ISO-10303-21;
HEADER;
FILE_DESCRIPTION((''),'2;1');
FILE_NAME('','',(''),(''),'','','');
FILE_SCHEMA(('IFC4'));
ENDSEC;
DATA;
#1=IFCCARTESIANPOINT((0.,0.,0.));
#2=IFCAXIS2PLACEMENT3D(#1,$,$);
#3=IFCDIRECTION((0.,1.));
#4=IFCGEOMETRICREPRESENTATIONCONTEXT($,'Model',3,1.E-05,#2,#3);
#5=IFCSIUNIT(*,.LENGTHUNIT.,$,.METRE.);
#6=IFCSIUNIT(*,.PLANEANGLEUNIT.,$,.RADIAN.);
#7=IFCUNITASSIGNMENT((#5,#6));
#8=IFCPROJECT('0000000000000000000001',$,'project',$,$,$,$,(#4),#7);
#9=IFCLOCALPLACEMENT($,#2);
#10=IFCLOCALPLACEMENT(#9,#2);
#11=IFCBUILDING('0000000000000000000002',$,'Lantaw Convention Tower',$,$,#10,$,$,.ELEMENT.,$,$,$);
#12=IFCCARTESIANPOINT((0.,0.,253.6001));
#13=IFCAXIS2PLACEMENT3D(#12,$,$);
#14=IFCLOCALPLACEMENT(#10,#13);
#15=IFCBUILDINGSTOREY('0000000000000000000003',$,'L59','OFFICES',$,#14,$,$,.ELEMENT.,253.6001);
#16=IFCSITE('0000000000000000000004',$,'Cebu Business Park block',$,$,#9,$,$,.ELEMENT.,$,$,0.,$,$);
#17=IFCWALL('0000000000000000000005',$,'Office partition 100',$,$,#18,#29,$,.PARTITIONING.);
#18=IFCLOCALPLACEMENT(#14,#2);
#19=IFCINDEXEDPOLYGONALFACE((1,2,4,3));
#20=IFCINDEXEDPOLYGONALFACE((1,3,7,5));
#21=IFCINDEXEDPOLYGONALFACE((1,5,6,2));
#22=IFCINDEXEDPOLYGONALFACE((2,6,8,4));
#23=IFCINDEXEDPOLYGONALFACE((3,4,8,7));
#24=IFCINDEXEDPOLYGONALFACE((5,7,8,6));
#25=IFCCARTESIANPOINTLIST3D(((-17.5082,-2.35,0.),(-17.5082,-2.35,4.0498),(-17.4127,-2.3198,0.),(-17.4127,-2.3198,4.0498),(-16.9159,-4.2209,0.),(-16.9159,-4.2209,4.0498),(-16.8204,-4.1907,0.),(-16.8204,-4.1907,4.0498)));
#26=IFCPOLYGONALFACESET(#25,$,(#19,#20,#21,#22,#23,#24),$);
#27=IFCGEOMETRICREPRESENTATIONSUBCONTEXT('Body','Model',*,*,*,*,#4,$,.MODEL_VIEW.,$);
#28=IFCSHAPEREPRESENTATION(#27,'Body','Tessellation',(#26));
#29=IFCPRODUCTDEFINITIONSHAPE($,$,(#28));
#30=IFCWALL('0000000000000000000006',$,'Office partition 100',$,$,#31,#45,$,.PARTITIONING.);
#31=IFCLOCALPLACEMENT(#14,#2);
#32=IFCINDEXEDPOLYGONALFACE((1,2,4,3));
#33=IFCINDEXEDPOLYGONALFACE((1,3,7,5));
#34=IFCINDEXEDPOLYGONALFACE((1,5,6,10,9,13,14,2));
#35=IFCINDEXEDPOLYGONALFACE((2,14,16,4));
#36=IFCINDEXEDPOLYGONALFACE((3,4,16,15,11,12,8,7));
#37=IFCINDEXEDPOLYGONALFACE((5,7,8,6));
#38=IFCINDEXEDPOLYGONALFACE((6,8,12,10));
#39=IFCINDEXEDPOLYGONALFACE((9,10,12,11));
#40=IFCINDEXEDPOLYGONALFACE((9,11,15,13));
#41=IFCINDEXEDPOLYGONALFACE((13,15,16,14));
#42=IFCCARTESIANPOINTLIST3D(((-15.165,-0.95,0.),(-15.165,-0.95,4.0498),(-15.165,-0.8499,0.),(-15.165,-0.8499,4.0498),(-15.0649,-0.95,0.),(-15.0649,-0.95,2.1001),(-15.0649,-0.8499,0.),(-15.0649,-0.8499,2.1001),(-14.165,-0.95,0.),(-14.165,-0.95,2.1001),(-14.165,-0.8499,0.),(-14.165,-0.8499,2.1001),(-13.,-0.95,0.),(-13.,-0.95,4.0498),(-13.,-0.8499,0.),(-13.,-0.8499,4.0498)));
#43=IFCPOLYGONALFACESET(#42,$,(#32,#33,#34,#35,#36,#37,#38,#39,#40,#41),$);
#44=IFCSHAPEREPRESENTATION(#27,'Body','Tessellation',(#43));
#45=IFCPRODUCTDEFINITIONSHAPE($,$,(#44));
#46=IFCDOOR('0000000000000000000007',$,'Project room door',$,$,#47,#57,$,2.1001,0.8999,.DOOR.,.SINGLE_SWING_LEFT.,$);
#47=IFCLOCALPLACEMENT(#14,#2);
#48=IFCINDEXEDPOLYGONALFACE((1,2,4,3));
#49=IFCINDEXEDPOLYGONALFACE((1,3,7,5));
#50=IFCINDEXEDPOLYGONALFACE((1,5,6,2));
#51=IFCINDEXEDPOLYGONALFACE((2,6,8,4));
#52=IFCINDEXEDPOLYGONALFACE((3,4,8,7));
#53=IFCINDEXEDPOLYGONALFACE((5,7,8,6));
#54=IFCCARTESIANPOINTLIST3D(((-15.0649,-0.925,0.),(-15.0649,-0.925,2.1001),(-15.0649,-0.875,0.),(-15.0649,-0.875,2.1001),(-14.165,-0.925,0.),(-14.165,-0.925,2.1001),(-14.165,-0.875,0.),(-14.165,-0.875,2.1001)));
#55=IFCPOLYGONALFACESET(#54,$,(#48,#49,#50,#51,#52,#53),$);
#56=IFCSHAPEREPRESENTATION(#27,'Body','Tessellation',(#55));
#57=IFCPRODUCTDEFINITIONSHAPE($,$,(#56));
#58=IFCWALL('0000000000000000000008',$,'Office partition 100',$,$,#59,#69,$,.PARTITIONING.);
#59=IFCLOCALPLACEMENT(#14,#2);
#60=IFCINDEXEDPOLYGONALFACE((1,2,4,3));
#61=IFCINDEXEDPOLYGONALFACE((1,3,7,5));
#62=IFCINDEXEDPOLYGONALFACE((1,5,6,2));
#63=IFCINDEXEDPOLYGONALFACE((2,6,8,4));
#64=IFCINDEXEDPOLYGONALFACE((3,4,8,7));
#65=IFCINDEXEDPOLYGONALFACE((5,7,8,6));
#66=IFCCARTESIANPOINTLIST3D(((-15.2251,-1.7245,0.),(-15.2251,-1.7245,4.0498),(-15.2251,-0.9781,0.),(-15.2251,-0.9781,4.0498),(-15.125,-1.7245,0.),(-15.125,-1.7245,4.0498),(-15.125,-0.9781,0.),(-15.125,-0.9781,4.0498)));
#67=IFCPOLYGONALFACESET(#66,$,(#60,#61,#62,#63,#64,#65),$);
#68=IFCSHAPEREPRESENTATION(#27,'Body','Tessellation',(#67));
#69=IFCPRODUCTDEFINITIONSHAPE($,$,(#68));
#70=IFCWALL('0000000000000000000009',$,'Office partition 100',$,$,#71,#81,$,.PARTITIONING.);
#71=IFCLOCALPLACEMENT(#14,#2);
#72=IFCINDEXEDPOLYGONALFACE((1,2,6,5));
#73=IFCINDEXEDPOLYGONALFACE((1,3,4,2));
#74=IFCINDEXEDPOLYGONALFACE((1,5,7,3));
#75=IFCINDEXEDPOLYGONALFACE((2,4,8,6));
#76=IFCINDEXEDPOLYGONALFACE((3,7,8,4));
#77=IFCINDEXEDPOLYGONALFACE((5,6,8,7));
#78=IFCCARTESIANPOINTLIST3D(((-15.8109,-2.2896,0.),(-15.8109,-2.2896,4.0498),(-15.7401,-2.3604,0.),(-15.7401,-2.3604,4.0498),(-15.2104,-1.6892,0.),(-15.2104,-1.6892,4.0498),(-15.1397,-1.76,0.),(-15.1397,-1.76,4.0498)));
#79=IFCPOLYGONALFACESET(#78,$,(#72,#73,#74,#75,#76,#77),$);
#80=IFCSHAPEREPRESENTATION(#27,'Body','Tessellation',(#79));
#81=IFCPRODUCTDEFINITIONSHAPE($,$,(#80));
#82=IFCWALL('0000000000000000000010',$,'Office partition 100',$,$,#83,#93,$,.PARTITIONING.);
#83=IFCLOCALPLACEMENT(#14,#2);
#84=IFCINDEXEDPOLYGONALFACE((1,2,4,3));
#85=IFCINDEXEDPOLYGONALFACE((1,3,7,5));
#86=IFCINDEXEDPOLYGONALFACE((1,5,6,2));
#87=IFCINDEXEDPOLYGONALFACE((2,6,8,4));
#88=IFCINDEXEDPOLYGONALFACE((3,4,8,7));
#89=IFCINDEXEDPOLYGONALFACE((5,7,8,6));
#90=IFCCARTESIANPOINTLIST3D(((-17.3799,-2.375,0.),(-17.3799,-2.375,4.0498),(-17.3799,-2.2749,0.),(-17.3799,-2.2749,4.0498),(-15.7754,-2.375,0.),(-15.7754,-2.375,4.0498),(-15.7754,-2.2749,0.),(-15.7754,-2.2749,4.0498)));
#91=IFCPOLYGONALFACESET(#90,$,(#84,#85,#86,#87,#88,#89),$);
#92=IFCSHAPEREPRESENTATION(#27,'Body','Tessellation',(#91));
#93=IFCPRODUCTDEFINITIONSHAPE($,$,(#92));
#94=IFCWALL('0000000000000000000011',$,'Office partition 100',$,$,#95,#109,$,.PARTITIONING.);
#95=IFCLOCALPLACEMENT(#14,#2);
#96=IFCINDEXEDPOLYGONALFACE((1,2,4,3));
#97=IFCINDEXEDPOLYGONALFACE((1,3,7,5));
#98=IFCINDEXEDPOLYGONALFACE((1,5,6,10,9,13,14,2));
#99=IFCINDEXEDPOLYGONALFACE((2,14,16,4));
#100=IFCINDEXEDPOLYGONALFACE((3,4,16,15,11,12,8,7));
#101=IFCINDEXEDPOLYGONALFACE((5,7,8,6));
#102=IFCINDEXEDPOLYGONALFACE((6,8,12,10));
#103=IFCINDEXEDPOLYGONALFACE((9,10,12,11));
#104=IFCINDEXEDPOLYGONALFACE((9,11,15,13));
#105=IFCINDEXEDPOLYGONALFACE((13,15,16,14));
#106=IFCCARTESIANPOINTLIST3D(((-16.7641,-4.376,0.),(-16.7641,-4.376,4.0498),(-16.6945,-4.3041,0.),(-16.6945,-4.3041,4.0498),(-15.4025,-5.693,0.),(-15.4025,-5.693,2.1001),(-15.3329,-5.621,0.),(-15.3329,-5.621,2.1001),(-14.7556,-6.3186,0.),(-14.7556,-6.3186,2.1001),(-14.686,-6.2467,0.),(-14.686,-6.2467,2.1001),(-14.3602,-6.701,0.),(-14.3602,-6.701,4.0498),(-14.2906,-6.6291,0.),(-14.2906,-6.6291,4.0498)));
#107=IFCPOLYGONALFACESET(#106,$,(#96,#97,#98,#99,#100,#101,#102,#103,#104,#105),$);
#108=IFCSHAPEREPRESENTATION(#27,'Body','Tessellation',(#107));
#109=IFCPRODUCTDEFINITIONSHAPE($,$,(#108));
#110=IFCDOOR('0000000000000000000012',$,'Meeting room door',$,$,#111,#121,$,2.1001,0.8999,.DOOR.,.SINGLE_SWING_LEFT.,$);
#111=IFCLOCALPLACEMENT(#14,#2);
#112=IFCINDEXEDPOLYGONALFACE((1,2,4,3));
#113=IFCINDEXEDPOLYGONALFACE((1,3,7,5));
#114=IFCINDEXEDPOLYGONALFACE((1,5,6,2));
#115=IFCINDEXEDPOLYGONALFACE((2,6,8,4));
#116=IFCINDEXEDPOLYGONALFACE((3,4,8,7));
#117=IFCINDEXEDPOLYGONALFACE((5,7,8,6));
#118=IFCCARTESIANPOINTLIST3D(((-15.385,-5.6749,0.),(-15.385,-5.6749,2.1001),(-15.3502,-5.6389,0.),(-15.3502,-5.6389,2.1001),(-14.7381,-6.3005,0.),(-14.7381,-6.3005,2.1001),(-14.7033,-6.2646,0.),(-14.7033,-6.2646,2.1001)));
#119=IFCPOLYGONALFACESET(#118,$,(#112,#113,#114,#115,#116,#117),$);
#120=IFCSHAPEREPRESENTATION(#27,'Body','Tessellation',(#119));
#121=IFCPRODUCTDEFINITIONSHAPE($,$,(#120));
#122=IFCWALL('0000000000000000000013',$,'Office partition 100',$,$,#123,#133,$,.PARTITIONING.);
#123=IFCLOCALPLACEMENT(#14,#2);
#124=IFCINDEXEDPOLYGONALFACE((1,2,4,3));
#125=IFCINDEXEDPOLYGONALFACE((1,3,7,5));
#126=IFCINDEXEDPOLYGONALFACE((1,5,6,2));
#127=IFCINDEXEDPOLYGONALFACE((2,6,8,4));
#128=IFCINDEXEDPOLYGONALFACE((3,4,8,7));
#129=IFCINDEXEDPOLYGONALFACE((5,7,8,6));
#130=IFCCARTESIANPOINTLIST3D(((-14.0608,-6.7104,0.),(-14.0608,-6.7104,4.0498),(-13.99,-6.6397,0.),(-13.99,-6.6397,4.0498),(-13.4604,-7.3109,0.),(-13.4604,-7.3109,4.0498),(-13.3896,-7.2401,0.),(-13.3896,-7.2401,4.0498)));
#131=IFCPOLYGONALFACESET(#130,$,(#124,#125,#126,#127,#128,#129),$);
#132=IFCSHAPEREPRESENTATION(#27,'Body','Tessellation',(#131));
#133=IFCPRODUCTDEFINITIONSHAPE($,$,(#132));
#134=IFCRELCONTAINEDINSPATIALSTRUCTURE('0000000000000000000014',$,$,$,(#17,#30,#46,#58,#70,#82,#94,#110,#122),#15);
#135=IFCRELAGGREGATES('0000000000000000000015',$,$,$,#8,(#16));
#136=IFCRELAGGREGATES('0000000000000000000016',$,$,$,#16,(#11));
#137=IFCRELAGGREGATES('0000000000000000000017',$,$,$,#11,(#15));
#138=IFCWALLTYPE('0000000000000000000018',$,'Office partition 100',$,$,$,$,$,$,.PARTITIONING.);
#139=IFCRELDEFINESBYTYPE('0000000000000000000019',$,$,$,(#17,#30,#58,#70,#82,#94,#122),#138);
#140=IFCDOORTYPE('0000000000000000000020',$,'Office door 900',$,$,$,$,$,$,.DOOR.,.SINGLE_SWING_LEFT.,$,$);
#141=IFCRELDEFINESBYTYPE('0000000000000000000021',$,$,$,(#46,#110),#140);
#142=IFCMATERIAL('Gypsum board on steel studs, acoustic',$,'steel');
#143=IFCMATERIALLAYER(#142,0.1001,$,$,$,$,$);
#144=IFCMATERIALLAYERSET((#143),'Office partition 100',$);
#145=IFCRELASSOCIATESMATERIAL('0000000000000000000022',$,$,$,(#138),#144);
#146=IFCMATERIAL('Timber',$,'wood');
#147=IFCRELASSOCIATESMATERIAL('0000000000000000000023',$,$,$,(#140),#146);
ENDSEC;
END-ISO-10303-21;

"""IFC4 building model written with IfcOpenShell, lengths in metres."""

from ifc_helpers import new_model, si_unit, direction, frame, frame_2d, origin, place, context, subcontext, project, spatial, rectangle, extrude, material, layer, layer_set, type_object, element, fill, save


model = new_model("IFC4")

# Units and contexts
model_context = context("Model", 3, precision=1e-05, world=origin(), true_north=direction((0.0, 1.0)))
body_context = subcontext(model_context, "Body", "Model", "MODEL_VIEW")
ifc_project = project(units=[si_unit("LENGTHUNIT", "METRE"), si_unit("PLANEANGLEUNIT", "RADIAN")], contexts=[model_context])

# Site, building, storey
site_placement = place(None, origin())
site = spatial("IfcSite", under=ifc_project, at=site_placement, Name="Cebu Business Park block", CompositionType="ELEMENT", RefElevation=0.0)
building_placement = place(site_placement, origin())
building = spatial("IfcBuilding", under=site, at=building_placement, Name="Lantaw Convention Tower", CompositionType="ELEMENT")
storey_placement = place(building_placement, frame((0.0, 0.0, 253.6001)))
storey = spatial("IfcBuildingStorey", under=building, at=storey_placement, Name="L59", Description="OFFICES", CompositionType="ELEMENT", Elevation=253.6001)

# Wall
ifc_material_1 = material(Name="Gypsum board on steel studs, acoustic", Category="steel")
ifc_layer_1 = layer(ifc_material_1, 0.1001)
ifc_layer_set_1 = layer_set([ifc_layer_1], Name="Office partition 100")
wall_type_1 = type_object("IfcWallType", Name="Office partition 100", PredefinedType="PARTITIONING", material=ifc_layer_set_1)
wall_1_placement = place(storey_placement, frame((-16.8682, -4.2058, 0.0), z_axis=(0.0, 0.0, 1.0), x_axis=(-0.301822, 0.953364, 0.0)))
element("IfcWall", 1, at=wall_1_placement, inside=storey, type_object=wall_type_1, Name="Office partition 100", PredefinedType="PARTITIONING", context=body_context, shape_type="SweptSolid", body=[
    extrude(rectangle(XDim=1.9624, YDim=0.1001, at=frame_2d((0.9812, 0.0))), origin(), (0.0, 0.0, 1.0), 4.0498),
])

# Wall, opening, door
wall_2_placement = place(storey_placement, frame((-15.165, -0.8999, 0.0), z_axis=(0.0, 0.0, 1.0), x_axis=(1.0, 0.0, 0.0)))
wall_2 = element("IfcWall", 2, at=wall_2_placement, inside=storey, type_object=wall_type_1, Name="Office partition 100", PredefinedType="PARTITIONING", context=body_context, shape_type="SweptSolid", body=[
    extrude(rectangle(XDim=2.165, YDim=0.1001, at=frame_2d((1.0825, 0.0))), origin(), (0.0, 0.0, 1.0), 4.0498),
])
opening_1_placement = place(wall_2_placement, frame((0.1001, 0.0, 0.0)))
opening_1 = element("IfcOpeningElement", 3, at=opening_1_placement, cuts=wall_2, PredefinedType="OPENING", context=body_context, shape_type="SweptSolid", body=[
    extrude(rectangle(XDim=0.8999, YDim=2.1001, at=frame_2d((0.45, 1.05))), frame((0.0, 0.0601, 0.0), z_axis=(0.0, -1.0, 0.0), x_axis=(1.0, 0.0, 0.0)), (0.0, 0.0, 1.0), 0.1201),
])
ifc_material_2 = material(Name="Timber", Category="wood")
door_type = type_object("IfcDoorType", Name="Office door 900", OperationType="SINGLE_SWING_LEFT", PredefinedType="DOOR", material=ifc_material_2)
door_1_placement = place(opening_1_placement, origin())
door_1 = element("IfcDoor", 4, at=door_1_placement, inside=storey, type_object=door_type, Name="Project room door", OperationType="SINGLE_SWING_LEFT", OverallHeight=2.1001, OverallWidth=0.8999, PredefinedType="DOOR", context=body_context, shape_type="SweptSolid", body=[
    extrude(rectangle(XDim=0.8999, YDim=2.1001, at=frame_2d((0.45, 1.05))), frame((0.0, 0.0249, 0.0), z_axis=(0.0, -1.0, 0.0), x_axis=(1.0, 0.0, 0.0)), (0.0, 0.0, 1.0), 0.05),
])
fill(opening_1, door_1)

# Walls
wall_3_placement = place(storey_placement, frame((-15.175, -0.9783, 0.0), z_axis=(0.0, 0.0, 1.0), x_axis=(0.0, -1.0, 0.0)))
element("IfcWall", 5, at=wall_3_placement, inside=storey, type_object=wall_type_1, Name="Office partition 100", PredefinedType="PARTITIONING", context=body_context, shape_type="SweptSolid", body=[
    extrude(rectangle(XDim=0.7463, YDim=0.1001, at=frame_2d((0.373, 0.0))), origin(), (0.0, 0.0, 1.0), 4.0498),
])
wall_4_placement = place(storey_placement, frame((-15.175, -1.7246, 0.0), z_axis=(0.0, 0.0, 1.0), x_axis=(-0.707107, -0.707107, 0.0)))
element("IfcWall", 6, at=wall_4_placement, inside=storey, type_object=wall_type_1, Name="Office partition 100", PredefinedType="PARTITIONING", context=body_context, shape_type="SweptSolid", body=[
    extrude(rectangle(XDim=0.8491, YDim=0.1001, at=frame_2d((0.4246, 0.0))), origin(), (0.0, 0.0, 1.0), 4.0498),
])
wall_5_placement = place(storey_placement, frame((-15.7754, -2.325, 0.0), z_axis=(0.0, 0.0, 1.0), x_axis=(-1.0, 0.0, 0.0)))
element("IfcWall", 7, at=wall_5_placement, inside=storey, type_object=wall_type_1, Name="Office partition 100", PredefinedType="PARTITIONING", context=body_context, shape_type="SweptSolid", body=[
    extrude(rectangle(XDim=1.6045, YDim=0.1001, at=frame_2d((0.8022, 0.0))), origin(), (0.0, 0.0, 1.0), 4.0498),
])

# Wall, opening, door
wall_6_placement = place(storey_placement, frame((-14.3254, -6.665, 0.0), z_axis=(0.0, 0.0, 1.0), x_axis=(-0.718799, 0.695218, 0.0)))
wall_6 = element("IfcWall", 8, at=wall_6_placement, inside=storey, type_object=wall_type_1, Name="Office partition 100", PredefinedType="PARTITIONING", context=body_context, shape_type="SweptSolid", body=[
    extrude(rectangle(XDim=3.3442, YDim=0.1001, at=frame_2d((1.6721, 0.0))), origin(), (0.0, 0.0, 1.0), 4.0498),
])
opening_2_placement = place(wall_6_placement, frame((0.55, 0.0, 0.0)))
opening_2 = element("IfcOpeningElement", 9, at=opening_2_placement, cuts=wall_6, PredefinedType="OPENING", context=body_context, shape_type="SweptSolid", body=[
    extrude(rectangle(XDim=0.8999, YDim=2.1001, at=frame_2d((0.45, 1.05))), frame((0.0, 0.0601, 0.0), z_axis=(0.0, -1.0, 0.0), x_axis=(1.0, 0.0, 0.0)), (0.0, 0.0, 1.0), 0.1201),
])
door_2_placement = place(opening_2_placement, origin())
door_2 = element("IfcDoor", 10, at=door_2_placement, inside=storey, type_object=door_type, Name="Meeting room door", OperationType="SINGLE_SWING_LEFT", OverallHeight=2.1001, OverallWidth=0.8999, PredefinedType="DOOR", context=body_context, shape_type="SweptSolid", body=[
    extrude(rectangle(XDim=0.8999, YDim=2.1001, at=frame_2d((0.45, 1.05))), frame((0.0, 0.0249, 0.0), z_axis=(0.0, -1.0, 0.0), x_axis=(1.0, 0.0, 0.0)), (0.0, 0.0, 1.0), 0.05),
])
fill(opening_2, door_2)

# Wall
wall_7_placement = place(storey_placement, frame((-14.0254, -6.675, 0.0), z_axis=(0.0, 0.0, 1.0), x_axis=(0.707107, -0.707107, 0.0)))
element("IfcWall", 11, at=wall_7_placement, inside=storey, type_object=wall_type_1, Name="Office partition 100", PredefinedType="PARTITIONING", context=body_context, shape_type="SweptSolid", body=[
    extrude(rectangle(XDim=0.8491, YDim=0.1001, at=frame_2d((0.4246, 0.0))), origin(), (0.0, 0.0, 1.0), 4.0498),
])

save(model, "model.ifc")
